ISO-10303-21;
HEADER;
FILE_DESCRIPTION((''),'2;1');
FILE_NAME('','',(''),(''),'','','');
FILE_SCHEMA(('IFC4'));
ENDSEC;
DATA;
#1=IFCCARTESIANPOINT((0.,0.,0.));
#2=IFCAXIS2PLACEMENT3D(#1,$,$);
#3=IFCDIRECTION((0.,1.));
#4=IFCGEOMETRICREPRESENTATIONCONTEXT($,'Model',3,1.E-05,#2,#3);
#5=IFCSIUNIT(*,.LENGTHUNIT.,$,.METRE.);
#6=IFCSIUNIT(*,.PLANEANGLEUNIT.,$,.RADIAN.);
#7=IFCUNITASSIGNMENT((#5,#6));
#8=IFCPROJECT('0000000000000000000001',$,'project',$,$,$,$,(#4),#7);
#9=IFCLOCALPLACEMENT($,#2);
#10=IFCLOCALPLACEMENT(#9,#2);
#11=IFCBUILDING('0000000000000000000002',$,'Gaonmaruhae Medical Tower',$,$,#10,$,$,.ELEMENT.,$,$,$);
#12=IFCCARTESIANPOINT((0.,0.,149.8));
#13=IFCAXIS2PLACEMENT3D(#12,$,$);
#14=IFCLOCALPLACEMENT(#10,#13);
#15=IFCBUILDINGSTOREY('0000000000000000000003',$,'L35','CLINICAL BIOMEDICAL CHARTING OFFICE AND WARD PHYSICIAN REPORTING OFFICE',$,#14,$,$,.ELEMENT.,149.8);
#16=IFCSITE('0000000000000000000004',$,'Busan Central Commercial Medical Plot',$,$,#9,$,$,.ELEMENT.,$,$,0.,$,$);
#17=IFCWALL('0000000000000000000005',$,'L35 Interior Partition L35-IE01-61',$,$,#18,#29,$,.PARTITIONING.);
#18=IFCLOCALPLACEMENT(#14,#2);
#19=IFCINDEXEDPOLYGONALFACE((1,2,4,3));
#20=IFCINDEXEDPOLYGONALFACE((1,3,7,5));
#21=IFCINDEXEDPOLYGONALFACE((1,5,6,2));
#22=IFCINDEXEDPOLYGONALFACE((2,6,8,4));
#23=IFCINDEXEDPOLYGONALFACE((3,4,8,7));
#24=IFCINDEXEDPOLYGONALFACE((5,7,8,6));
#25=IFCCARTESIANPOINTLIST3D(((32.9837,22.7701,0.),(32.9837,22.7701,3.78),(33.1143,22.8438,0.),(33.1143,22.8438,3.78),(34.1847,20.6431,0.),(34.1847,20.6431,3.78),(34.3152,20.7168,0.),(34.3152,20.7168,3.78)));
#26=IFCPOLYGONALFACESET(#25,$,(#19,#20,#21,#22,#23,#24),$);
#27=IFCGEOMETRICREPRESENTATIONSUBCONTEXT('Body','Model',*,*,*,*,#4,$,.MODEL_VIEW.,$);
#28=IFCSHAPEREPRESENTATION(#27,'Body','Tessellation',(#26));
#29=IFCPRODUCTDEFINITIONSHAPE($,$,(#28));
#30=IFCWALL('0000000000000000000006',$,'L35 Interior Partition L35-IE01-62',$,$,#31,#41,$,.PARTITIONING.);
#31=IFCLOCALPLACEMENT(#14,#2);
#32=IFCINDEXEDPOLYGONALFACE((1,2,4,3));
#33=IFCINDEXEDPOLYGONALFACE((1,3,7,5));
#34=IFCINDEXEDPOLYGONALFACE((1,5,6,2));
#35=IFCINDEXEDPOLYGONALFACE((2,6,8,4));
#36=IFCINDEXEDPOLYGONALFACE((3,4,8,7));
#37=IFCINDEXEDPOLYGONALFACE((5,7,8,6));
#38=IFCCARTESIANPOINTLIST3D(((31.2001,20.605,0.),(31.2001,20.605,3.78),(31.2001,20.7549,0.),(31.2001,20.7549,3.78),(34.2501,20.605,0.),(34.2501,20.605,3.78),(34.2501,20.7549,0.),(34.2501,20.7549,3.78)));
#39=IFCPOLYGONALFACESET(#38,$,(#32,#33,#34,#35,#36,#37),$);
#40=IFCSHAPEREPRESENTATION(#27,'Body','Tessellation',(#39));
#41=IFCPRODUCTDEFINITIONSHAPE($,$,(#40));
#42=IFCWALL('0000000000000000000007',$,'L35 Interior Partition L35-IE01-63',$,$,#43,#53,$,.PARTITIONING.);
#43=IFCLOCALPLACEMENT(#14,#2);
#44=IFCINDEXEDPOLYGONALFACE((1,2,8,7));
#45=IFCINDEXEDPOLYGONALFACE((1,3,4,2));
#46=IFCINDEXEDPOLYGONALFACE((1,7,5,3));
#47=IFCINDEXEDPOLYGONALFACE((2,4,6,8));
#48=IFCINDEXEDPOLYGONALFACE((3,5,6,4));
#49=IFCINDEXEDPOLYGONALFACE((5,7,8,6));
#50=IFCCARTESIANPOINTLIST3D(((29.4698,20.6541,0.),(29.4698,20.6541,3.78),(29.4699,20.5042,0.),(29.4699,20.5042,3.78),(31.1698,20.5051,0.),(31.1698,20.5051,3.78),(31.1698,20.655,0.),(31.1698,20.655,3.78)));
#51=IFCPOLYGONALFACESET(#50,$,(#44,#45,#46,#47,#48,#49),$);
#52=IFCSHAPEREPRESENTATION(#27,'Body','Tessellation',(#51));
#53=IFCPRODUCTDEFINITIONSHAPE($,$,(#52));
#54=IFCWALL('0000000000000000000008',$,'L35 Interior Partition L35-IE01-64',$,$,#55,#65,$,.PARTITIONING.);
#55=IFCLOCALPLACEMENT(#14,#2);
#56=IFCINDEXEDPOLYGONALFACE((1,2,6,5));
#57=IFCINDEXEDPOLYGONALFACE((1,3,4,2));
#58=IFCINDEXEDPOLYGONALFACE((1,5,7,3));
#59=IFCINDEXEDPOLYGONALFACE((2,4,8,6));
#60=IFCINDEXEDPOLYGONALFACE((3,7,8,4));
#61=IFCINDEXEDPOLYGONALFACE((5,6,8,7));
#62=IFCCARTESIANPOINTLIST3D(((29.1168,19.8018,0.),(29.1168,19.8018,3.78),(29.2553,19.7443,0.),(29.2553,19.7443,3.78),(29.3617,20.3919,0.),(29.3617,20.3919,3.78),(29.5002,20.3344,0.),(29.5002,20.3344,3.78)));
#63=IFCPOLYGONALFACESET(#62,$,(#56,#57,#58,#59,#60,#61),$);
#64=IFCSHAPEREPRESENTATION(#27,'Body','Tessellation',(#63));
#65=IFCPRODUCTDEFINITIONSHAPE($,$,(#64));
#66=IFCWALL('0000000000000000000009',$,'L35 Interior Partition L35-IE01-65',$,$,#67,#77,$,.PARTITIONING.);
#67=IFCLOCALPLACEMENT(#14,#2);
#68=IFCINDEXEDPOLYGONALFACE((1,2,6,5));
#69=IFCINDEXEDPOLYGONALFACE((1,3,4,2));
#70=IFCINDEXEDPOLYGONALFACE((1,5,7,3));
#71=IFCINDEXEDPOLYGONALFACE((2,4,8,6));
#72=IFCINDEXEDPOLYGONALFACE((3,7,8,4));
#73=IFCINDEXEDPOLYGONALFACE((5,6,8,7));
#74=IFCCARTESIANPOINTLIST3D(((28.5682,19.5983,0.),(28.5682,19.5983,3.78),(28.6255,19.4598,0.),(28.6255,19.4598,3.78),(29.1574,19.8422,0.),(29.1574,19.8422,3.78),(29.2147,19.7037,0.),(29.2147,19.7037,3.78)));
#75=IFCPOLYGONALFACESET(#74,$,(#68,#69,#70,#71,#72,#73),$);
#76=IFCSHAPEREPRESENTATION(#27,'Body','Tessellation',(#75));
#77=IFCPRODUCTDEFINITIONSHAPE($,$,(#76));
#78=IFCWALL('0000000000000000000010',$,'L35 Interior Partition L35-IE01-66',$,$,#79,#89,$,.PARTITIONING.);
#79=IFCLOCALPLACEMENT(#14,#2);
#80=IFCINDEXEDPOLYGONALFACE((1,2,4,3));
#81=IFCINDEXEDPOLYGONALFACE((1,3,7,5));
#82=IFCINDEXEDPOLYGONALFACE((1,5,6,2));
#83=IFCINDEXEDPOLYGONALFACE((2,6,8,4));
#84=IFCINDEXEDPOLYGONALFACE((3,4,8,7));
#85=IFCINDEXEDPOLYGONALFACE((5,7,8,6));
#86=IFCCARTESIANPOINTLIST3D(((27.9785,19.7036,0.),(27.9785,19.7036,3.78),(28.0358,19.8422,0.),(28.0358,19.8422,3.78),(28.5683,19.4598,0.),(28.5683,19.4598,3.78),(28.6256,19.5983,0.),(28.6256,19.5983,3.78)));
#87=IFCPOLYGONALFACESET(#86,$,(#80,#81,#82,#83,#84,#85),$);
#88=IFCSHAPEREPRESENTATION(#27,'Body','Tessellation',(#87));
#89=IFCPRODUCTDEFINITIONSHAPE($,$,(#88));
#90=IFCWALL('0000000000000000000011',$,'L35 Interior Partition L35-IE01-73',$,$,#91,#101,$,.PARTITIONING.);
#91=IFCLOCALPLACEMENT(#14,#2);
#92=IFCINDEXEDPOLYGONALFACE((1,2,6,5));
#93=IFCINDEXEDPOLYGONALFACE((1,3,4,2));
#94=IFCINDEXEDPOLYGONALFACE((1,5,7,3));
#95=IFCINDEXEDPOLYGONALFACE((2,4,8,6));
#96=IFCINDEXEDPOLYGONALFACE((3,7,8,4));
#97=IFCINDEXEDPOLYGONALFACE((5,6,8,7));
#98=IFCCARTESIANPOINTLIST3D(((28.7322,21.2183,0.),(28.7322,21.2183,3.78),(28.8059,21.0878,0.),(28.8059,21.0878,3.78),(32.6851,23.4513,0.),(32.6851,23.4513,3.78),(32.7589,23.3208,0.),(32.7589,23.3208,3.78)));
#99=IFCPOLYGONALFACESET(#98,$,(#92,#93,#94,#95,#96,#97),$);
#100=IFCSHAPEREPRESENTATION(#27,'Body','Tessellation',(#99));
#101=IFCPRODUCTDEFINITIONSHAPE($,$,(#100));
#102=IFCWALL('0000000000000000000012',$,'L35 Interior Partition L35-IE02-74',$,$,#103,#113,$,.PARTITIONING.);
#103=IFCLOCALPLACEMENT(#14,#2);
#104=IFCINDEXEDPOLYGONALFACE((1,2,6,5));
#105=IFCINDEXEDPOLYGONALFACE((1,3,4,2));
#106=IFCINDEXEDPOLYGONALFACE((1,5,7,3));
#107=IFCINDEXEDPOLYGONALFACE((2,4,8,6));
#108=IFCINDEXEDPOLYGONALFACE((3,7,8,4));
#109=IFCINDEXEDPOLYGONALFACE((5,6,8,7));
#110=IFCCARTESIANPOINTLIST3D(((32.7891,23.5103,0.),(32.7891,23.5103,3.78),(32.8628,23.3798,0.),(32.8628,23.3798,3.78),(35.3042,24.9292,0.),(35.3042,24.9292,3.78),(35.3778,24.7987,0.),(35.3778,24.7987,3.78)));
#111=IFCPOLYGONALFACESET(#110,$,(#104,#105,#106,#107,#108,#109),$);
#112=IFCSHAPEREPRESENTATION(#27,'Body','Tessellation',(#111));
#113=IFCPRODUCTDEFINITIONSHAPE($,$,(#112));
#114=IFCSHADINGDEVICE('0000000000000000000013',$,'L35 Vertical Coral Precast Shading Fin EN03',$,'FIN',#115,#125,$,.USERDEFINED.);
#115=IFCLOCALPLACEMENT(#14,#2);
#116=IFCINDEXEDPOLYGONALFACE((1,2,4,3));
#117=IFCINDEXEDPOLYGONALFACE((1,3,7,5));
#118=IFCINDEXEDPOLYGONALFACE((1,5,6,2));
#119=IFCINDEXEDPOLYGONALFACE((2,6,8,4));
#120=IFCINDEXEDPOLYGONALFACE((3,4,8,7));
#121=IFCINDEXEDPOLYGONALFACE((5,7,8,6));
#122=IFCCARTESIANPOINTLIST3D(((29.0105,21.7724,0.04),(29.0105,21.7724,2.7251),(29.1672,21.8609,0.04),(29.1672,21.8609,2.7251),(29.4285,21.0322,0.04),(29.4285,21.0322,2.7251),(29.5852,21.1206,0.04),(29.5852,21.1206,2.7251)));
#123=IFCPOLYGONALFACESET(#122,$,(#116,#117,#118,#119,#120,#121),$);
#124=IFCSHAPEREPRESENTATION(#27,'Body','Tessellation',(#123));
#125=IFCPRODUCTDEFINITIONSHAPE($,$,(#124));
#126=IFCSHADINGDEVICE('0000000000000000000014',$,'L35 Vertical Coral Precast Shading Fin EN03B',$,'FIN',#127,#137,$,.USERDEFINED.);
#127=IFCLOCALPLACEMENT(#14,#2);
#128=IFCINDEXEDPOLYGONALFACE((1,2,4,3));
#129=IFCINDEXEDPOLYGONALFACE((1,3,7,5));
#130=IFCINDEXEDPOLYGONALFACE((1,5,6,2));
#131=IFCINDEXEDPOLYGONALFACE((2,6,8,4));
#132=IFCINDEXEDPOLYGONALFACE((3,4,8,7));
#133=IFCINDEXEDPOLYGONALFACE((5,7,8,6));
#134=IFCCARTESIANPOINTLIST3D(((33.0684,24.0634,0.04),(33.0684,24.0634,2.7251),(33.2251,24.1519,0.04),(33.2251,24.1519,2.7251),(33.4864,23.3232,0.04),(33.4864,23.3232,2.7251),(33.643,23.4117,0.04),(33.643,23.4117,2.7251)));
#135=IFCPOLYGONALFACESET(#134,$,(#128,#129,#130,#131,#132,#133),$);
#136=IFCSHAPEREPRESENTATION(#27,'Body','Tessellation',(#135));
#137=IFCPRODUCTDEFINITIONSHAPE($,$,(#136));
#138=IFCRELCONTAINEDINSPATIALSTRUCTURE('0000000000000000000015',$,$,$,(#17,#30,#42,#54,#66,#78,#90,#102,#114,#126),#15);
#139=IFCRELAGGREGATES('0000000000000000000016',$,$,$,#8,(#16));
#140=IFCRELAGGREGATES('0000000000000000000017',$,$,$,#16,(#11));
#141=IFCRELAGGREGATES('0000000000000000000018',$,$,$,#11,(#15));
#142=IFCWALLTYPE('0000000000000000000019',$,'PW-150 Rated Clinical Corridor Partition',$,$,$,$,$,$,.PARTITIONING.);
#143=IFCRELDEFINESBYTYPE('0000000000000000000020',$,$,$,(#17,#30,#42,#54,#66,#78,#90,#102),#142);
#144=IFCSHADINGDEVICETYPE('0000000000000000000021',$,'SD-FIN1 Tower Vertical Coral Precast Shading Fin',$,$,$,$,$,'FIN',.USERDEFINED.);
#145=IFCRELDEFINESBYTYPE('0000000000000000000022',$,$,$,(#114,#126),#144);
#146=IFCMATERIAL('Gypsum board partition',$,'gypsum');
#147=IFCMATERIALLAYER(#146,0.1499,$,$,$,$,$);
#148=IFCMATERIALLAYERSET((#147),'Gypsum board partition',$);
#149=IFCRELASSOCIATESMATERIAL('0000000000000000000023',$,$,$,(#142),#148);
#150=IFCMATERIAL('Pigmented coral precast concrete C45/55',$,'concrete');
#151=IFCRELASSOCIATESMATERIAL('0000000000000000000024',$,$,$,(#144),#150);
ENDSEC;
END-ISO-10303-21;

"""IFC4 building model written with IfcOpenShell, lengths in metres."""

from ifc_helpers import new_model, si_unit, direction, frame, frame_2d, origin, origin_2d, place, context, subcontext, project, spatial, rectangle, extrude, material, layer, layer_set, type_object, element, save


model = new_model("IFC4")

# Units and contexts
model_context = context("Model", 3, precision=1e-05, world=origin(), true_north=direction((0.0, 1.0)))
body_context = subcontext(model_context, "Body", "Model", "MODEL_VIEW")
ifc_project = project(units=[si_unit("LENGTHUNIT", "METRE"), si_unit("PLANEANGLEUNIT", "RADIAN")], contexts=[model_context])

# Site, building, storey
site_placement = place(None, origin())
site = spatial("IfcSite", under=ifc_project, at=site_placement, Name="Busan Central Commercial Medical Plot", CompositionType="ELEMENT", RefElevation=0.0)
building_placement = place(site_placement, origin())
building = spatial("IfcBuilding", under=site, at=building_placement, Name="Gaonmaruhae Medical Tower", CompositionType="ELEMENT")
storey_placement = place(building_placement, frame((0.0, 0.0, 149.8)))
storey = spatial("IfcBuildingStorey", under=building, at=storey_placement, Name="L35", Description="CLINICAL BIOMEDICAL CHARTING OFFICE AND WARD PHYSICIAN REPORTING OFFICE", CompositionType="ELEMENT", Elevation=149.8)

# Walls
ifc_material_1 = material(Name="Gypsum board partition", Category="gypsum")
ifc_layer_1 = layer(ifc_material_1, 0.1499)
ifc_layer_set_1 = layer_set([ifc_layer_1], Name="Gypsum board partition")
wall_type_1 = type_object("IfcWallType", Name="PW-150 Rated Clinical Corridor Partition", PredefinedType="PARTITIONING", material=ifc_layer_set_1)
wall_1_placement = place(storey_placement, frame((33.0491, 22.8069, 0.0), z_axis=(0.0, 0.0, 1.0), x_axis=(0.491665, -0.870784, 0.0)))
element("IfcWall", 1, at=wall_1_placement, inside=storey, type_object=wall_type_1, Name="L35 Interior Partition L35-IE01-61", PredefinedType="PARTITIONING", context=body_context, shape_type="SweptSolid", body=[
    extrude(rectangle(XDim=2.4426, YDim=0.1499, at=frame_2d((1.2212, 0.0))), origin(), (0.0, 0.0, 1.0), 3.78),
])
wall_2_placement = place(storey_placement, frame((34.25, 20.6799, 0.0), z_axis=(0.0, 0.0, 1.0), x_axis=(-1.0, 0.0, 0.0)))
element("IfcWall", 2, at=wall_2_placement, inside=storey, type_object=wall_type_1, Name="L35 Interior Partition L35-IE01-62", PredefinedType="PARTITIONING", context=body_context, shape_type="SweptSolid", body=[
    extrude(rectangle(XDim=3.05, YDim=0.1499, at=frame_2d((1.5249, 0.0))), origin(), (0.0, 0.0, 1.0), 3.78),
])
wall_3_placement = place(storey_placement, frame((31.1699, 20.5801, 0.0), z_axis=(0.0, 0.0, 1.0), x_axis=(-1.0, -0.000574, 0.0)))
element("IfcWall", 3, at=wall_3_placement, inside=storey, type_object=wall_type_1, Name="L35 Interior Partition L35-IE01-63", PredefinedType="PARTITIONING", context=body_context, shape_type="SweptSolid", body=[
    extrude(rectangle(XDim=1.7, YDim=0.1499, at=frame_2d((0.8501, 0.0))), origin(), (0.0, 0.0, 1.0), 3.78),
])
wall_4_placement = place(storey_placement, frame((29.4309, 20.363, 0.0), z_axis=(0.0, 0.0, 1.0), x_axis=(-0.383285, -0.92363, 0.0)))
element("IfcWall", 4, at=wall_4_placement, inside=storey, type_object=wall_type_1, Name="L35 Interior Partition L35-IE01-64", PredefinedType="PARTITIONING", context=body_context, shape_type="SweptSolid", body=[
    extrude(rectangle(XDim=0.6389, YDim=0.1499, at=frame_2d((0.3193, 0.0))), origin(), (0.0, 0.0, 1.0), 3.78),
])
wall_5_placement = place(storey_placement, frame((29.186, 19.7729, 0.0), z_axis=(0.0, 0.0, 1.0), x_axis=(-0.923947, -0.382521, 0.0)))
element("IfcWall", 5, at=wall_5_placement, inside=storey, type_object=wall_type_1, Name="L35 Interior Partition L35-IE01-65", PredefinedType="PARTITIONING", context=body_context, shape_type="SweptSolid", body=[
    extrude(rectangle(XDim=0.6377, YDim=0.1499, at=frame_2d((0.3188, 0.0))), origin(), (0.0, 0.0, 1.0), 3.78),
])
wall_6_placement = place(storey_placement, frame((28.5969, 19.5291, 0.0), z_axis=(0.0, 0.0, 1.0), x_axis=(-0.924115, 0.382115, 0.0)))
element("IfcWall", 6, at=wall_6_placement, inside=storey, type_object=wall_type_1, Name="L35 Interior Partition L35-IE01-66", PredefinedType="PARTITIONING", context=body_context, shape_type="SweptSolid", body=[
    extrude(rectangle(XDim=0.6382, YDim=0.1499, at=frame_2d((0.3191, 0.0))), origin(), (0.0, 0.0, 1.0), 3.78),
])
wall_7_placement = place(storey_placement, frame((28.769, 21.1531, 0.0), z_axis=(0.0, 0.0, 1.0), x_axis=(0.870688, 0.491836, 0.0)))
element("IfcWall", 7, at=wall_7_placement, inside=storey, type_object=wall_type_1, Name="L35 Interior Partition L35-IE01-73", PredefinedType="PARTITIONING", context=body_context, shape_type="SweptSolid", body=[
    extrude(rectangle(XDim=4.54, YDim=0.1499, at=frame_2d((2.27, 0.0))), origin(), (0.0, 0.0, 1.0), 3.78),
])
wall_8_placement = place(storey_placement, frame((32.8259, 23.4451, 0.0), z_axis=(0.0, 0.0, 1.0), x_axis=(0.870956, 0.491361, 0.0)))
element("IfcWall", 8, at=wall_8_placement, inside=storey, type_object=wall_type_1, Name="L35 Interior Partition L35-IE02-74", PredefinedType="PARTITIONING", context=body_context, shape_type="SweptSolid", body=[
    extrude(rectangle(XDim=2.8877, YDim=0.1499, at=frame_2d((1.4438, 0.0))), origin(), (0.0, 0.0, 1.0), 3.78),
])

# Shading devices
ifc_material_2 = material(Name="Pigmented coral precast concrete C45/55", Category="concrete")
shading_device_type = type_object("IfcShadingDeviceType", Name="SD-FIN1 Tower Vertical Coral Precast Shading Fin", ElementType="FIN", PredefinedType="USERDEFINED", material=ifc_material_2)
for number, where, z_axis, x_axis, name in (
    (9, (29.2979, 21.4465, 0.04), (0.0, 0.0, 1.0), (0.870785, 0.491664, 0.0), "L35 Vertical Coral Precast Shading Fin EN03"),
    (10, (33.3557, 23.7375, 0.04), (0.0, 0.0, 1.0), (0.870785, 0.491664, 0.0), "L35 Vertical Coral Precast Shading Fin EN03B"),
):
    element("IfcShadingDevice", number, at=place(storey_placement, frame(where, z_axis=z_axis, x_axis=x_axis)), inside=storey, type_object=shading_device_type, Name=name, ObjectType="FIN", PredefinedType="USERDEFINED", context=body_context, shape_type="SweptSolid", body=[
        extrude(rectangle(XDim=0.1799, YDim=0.8501, at=origin_2d()), origin(), (0.0, 0.0, 1.0), 2.6851),
    ])

save(model, "model.ifc")
